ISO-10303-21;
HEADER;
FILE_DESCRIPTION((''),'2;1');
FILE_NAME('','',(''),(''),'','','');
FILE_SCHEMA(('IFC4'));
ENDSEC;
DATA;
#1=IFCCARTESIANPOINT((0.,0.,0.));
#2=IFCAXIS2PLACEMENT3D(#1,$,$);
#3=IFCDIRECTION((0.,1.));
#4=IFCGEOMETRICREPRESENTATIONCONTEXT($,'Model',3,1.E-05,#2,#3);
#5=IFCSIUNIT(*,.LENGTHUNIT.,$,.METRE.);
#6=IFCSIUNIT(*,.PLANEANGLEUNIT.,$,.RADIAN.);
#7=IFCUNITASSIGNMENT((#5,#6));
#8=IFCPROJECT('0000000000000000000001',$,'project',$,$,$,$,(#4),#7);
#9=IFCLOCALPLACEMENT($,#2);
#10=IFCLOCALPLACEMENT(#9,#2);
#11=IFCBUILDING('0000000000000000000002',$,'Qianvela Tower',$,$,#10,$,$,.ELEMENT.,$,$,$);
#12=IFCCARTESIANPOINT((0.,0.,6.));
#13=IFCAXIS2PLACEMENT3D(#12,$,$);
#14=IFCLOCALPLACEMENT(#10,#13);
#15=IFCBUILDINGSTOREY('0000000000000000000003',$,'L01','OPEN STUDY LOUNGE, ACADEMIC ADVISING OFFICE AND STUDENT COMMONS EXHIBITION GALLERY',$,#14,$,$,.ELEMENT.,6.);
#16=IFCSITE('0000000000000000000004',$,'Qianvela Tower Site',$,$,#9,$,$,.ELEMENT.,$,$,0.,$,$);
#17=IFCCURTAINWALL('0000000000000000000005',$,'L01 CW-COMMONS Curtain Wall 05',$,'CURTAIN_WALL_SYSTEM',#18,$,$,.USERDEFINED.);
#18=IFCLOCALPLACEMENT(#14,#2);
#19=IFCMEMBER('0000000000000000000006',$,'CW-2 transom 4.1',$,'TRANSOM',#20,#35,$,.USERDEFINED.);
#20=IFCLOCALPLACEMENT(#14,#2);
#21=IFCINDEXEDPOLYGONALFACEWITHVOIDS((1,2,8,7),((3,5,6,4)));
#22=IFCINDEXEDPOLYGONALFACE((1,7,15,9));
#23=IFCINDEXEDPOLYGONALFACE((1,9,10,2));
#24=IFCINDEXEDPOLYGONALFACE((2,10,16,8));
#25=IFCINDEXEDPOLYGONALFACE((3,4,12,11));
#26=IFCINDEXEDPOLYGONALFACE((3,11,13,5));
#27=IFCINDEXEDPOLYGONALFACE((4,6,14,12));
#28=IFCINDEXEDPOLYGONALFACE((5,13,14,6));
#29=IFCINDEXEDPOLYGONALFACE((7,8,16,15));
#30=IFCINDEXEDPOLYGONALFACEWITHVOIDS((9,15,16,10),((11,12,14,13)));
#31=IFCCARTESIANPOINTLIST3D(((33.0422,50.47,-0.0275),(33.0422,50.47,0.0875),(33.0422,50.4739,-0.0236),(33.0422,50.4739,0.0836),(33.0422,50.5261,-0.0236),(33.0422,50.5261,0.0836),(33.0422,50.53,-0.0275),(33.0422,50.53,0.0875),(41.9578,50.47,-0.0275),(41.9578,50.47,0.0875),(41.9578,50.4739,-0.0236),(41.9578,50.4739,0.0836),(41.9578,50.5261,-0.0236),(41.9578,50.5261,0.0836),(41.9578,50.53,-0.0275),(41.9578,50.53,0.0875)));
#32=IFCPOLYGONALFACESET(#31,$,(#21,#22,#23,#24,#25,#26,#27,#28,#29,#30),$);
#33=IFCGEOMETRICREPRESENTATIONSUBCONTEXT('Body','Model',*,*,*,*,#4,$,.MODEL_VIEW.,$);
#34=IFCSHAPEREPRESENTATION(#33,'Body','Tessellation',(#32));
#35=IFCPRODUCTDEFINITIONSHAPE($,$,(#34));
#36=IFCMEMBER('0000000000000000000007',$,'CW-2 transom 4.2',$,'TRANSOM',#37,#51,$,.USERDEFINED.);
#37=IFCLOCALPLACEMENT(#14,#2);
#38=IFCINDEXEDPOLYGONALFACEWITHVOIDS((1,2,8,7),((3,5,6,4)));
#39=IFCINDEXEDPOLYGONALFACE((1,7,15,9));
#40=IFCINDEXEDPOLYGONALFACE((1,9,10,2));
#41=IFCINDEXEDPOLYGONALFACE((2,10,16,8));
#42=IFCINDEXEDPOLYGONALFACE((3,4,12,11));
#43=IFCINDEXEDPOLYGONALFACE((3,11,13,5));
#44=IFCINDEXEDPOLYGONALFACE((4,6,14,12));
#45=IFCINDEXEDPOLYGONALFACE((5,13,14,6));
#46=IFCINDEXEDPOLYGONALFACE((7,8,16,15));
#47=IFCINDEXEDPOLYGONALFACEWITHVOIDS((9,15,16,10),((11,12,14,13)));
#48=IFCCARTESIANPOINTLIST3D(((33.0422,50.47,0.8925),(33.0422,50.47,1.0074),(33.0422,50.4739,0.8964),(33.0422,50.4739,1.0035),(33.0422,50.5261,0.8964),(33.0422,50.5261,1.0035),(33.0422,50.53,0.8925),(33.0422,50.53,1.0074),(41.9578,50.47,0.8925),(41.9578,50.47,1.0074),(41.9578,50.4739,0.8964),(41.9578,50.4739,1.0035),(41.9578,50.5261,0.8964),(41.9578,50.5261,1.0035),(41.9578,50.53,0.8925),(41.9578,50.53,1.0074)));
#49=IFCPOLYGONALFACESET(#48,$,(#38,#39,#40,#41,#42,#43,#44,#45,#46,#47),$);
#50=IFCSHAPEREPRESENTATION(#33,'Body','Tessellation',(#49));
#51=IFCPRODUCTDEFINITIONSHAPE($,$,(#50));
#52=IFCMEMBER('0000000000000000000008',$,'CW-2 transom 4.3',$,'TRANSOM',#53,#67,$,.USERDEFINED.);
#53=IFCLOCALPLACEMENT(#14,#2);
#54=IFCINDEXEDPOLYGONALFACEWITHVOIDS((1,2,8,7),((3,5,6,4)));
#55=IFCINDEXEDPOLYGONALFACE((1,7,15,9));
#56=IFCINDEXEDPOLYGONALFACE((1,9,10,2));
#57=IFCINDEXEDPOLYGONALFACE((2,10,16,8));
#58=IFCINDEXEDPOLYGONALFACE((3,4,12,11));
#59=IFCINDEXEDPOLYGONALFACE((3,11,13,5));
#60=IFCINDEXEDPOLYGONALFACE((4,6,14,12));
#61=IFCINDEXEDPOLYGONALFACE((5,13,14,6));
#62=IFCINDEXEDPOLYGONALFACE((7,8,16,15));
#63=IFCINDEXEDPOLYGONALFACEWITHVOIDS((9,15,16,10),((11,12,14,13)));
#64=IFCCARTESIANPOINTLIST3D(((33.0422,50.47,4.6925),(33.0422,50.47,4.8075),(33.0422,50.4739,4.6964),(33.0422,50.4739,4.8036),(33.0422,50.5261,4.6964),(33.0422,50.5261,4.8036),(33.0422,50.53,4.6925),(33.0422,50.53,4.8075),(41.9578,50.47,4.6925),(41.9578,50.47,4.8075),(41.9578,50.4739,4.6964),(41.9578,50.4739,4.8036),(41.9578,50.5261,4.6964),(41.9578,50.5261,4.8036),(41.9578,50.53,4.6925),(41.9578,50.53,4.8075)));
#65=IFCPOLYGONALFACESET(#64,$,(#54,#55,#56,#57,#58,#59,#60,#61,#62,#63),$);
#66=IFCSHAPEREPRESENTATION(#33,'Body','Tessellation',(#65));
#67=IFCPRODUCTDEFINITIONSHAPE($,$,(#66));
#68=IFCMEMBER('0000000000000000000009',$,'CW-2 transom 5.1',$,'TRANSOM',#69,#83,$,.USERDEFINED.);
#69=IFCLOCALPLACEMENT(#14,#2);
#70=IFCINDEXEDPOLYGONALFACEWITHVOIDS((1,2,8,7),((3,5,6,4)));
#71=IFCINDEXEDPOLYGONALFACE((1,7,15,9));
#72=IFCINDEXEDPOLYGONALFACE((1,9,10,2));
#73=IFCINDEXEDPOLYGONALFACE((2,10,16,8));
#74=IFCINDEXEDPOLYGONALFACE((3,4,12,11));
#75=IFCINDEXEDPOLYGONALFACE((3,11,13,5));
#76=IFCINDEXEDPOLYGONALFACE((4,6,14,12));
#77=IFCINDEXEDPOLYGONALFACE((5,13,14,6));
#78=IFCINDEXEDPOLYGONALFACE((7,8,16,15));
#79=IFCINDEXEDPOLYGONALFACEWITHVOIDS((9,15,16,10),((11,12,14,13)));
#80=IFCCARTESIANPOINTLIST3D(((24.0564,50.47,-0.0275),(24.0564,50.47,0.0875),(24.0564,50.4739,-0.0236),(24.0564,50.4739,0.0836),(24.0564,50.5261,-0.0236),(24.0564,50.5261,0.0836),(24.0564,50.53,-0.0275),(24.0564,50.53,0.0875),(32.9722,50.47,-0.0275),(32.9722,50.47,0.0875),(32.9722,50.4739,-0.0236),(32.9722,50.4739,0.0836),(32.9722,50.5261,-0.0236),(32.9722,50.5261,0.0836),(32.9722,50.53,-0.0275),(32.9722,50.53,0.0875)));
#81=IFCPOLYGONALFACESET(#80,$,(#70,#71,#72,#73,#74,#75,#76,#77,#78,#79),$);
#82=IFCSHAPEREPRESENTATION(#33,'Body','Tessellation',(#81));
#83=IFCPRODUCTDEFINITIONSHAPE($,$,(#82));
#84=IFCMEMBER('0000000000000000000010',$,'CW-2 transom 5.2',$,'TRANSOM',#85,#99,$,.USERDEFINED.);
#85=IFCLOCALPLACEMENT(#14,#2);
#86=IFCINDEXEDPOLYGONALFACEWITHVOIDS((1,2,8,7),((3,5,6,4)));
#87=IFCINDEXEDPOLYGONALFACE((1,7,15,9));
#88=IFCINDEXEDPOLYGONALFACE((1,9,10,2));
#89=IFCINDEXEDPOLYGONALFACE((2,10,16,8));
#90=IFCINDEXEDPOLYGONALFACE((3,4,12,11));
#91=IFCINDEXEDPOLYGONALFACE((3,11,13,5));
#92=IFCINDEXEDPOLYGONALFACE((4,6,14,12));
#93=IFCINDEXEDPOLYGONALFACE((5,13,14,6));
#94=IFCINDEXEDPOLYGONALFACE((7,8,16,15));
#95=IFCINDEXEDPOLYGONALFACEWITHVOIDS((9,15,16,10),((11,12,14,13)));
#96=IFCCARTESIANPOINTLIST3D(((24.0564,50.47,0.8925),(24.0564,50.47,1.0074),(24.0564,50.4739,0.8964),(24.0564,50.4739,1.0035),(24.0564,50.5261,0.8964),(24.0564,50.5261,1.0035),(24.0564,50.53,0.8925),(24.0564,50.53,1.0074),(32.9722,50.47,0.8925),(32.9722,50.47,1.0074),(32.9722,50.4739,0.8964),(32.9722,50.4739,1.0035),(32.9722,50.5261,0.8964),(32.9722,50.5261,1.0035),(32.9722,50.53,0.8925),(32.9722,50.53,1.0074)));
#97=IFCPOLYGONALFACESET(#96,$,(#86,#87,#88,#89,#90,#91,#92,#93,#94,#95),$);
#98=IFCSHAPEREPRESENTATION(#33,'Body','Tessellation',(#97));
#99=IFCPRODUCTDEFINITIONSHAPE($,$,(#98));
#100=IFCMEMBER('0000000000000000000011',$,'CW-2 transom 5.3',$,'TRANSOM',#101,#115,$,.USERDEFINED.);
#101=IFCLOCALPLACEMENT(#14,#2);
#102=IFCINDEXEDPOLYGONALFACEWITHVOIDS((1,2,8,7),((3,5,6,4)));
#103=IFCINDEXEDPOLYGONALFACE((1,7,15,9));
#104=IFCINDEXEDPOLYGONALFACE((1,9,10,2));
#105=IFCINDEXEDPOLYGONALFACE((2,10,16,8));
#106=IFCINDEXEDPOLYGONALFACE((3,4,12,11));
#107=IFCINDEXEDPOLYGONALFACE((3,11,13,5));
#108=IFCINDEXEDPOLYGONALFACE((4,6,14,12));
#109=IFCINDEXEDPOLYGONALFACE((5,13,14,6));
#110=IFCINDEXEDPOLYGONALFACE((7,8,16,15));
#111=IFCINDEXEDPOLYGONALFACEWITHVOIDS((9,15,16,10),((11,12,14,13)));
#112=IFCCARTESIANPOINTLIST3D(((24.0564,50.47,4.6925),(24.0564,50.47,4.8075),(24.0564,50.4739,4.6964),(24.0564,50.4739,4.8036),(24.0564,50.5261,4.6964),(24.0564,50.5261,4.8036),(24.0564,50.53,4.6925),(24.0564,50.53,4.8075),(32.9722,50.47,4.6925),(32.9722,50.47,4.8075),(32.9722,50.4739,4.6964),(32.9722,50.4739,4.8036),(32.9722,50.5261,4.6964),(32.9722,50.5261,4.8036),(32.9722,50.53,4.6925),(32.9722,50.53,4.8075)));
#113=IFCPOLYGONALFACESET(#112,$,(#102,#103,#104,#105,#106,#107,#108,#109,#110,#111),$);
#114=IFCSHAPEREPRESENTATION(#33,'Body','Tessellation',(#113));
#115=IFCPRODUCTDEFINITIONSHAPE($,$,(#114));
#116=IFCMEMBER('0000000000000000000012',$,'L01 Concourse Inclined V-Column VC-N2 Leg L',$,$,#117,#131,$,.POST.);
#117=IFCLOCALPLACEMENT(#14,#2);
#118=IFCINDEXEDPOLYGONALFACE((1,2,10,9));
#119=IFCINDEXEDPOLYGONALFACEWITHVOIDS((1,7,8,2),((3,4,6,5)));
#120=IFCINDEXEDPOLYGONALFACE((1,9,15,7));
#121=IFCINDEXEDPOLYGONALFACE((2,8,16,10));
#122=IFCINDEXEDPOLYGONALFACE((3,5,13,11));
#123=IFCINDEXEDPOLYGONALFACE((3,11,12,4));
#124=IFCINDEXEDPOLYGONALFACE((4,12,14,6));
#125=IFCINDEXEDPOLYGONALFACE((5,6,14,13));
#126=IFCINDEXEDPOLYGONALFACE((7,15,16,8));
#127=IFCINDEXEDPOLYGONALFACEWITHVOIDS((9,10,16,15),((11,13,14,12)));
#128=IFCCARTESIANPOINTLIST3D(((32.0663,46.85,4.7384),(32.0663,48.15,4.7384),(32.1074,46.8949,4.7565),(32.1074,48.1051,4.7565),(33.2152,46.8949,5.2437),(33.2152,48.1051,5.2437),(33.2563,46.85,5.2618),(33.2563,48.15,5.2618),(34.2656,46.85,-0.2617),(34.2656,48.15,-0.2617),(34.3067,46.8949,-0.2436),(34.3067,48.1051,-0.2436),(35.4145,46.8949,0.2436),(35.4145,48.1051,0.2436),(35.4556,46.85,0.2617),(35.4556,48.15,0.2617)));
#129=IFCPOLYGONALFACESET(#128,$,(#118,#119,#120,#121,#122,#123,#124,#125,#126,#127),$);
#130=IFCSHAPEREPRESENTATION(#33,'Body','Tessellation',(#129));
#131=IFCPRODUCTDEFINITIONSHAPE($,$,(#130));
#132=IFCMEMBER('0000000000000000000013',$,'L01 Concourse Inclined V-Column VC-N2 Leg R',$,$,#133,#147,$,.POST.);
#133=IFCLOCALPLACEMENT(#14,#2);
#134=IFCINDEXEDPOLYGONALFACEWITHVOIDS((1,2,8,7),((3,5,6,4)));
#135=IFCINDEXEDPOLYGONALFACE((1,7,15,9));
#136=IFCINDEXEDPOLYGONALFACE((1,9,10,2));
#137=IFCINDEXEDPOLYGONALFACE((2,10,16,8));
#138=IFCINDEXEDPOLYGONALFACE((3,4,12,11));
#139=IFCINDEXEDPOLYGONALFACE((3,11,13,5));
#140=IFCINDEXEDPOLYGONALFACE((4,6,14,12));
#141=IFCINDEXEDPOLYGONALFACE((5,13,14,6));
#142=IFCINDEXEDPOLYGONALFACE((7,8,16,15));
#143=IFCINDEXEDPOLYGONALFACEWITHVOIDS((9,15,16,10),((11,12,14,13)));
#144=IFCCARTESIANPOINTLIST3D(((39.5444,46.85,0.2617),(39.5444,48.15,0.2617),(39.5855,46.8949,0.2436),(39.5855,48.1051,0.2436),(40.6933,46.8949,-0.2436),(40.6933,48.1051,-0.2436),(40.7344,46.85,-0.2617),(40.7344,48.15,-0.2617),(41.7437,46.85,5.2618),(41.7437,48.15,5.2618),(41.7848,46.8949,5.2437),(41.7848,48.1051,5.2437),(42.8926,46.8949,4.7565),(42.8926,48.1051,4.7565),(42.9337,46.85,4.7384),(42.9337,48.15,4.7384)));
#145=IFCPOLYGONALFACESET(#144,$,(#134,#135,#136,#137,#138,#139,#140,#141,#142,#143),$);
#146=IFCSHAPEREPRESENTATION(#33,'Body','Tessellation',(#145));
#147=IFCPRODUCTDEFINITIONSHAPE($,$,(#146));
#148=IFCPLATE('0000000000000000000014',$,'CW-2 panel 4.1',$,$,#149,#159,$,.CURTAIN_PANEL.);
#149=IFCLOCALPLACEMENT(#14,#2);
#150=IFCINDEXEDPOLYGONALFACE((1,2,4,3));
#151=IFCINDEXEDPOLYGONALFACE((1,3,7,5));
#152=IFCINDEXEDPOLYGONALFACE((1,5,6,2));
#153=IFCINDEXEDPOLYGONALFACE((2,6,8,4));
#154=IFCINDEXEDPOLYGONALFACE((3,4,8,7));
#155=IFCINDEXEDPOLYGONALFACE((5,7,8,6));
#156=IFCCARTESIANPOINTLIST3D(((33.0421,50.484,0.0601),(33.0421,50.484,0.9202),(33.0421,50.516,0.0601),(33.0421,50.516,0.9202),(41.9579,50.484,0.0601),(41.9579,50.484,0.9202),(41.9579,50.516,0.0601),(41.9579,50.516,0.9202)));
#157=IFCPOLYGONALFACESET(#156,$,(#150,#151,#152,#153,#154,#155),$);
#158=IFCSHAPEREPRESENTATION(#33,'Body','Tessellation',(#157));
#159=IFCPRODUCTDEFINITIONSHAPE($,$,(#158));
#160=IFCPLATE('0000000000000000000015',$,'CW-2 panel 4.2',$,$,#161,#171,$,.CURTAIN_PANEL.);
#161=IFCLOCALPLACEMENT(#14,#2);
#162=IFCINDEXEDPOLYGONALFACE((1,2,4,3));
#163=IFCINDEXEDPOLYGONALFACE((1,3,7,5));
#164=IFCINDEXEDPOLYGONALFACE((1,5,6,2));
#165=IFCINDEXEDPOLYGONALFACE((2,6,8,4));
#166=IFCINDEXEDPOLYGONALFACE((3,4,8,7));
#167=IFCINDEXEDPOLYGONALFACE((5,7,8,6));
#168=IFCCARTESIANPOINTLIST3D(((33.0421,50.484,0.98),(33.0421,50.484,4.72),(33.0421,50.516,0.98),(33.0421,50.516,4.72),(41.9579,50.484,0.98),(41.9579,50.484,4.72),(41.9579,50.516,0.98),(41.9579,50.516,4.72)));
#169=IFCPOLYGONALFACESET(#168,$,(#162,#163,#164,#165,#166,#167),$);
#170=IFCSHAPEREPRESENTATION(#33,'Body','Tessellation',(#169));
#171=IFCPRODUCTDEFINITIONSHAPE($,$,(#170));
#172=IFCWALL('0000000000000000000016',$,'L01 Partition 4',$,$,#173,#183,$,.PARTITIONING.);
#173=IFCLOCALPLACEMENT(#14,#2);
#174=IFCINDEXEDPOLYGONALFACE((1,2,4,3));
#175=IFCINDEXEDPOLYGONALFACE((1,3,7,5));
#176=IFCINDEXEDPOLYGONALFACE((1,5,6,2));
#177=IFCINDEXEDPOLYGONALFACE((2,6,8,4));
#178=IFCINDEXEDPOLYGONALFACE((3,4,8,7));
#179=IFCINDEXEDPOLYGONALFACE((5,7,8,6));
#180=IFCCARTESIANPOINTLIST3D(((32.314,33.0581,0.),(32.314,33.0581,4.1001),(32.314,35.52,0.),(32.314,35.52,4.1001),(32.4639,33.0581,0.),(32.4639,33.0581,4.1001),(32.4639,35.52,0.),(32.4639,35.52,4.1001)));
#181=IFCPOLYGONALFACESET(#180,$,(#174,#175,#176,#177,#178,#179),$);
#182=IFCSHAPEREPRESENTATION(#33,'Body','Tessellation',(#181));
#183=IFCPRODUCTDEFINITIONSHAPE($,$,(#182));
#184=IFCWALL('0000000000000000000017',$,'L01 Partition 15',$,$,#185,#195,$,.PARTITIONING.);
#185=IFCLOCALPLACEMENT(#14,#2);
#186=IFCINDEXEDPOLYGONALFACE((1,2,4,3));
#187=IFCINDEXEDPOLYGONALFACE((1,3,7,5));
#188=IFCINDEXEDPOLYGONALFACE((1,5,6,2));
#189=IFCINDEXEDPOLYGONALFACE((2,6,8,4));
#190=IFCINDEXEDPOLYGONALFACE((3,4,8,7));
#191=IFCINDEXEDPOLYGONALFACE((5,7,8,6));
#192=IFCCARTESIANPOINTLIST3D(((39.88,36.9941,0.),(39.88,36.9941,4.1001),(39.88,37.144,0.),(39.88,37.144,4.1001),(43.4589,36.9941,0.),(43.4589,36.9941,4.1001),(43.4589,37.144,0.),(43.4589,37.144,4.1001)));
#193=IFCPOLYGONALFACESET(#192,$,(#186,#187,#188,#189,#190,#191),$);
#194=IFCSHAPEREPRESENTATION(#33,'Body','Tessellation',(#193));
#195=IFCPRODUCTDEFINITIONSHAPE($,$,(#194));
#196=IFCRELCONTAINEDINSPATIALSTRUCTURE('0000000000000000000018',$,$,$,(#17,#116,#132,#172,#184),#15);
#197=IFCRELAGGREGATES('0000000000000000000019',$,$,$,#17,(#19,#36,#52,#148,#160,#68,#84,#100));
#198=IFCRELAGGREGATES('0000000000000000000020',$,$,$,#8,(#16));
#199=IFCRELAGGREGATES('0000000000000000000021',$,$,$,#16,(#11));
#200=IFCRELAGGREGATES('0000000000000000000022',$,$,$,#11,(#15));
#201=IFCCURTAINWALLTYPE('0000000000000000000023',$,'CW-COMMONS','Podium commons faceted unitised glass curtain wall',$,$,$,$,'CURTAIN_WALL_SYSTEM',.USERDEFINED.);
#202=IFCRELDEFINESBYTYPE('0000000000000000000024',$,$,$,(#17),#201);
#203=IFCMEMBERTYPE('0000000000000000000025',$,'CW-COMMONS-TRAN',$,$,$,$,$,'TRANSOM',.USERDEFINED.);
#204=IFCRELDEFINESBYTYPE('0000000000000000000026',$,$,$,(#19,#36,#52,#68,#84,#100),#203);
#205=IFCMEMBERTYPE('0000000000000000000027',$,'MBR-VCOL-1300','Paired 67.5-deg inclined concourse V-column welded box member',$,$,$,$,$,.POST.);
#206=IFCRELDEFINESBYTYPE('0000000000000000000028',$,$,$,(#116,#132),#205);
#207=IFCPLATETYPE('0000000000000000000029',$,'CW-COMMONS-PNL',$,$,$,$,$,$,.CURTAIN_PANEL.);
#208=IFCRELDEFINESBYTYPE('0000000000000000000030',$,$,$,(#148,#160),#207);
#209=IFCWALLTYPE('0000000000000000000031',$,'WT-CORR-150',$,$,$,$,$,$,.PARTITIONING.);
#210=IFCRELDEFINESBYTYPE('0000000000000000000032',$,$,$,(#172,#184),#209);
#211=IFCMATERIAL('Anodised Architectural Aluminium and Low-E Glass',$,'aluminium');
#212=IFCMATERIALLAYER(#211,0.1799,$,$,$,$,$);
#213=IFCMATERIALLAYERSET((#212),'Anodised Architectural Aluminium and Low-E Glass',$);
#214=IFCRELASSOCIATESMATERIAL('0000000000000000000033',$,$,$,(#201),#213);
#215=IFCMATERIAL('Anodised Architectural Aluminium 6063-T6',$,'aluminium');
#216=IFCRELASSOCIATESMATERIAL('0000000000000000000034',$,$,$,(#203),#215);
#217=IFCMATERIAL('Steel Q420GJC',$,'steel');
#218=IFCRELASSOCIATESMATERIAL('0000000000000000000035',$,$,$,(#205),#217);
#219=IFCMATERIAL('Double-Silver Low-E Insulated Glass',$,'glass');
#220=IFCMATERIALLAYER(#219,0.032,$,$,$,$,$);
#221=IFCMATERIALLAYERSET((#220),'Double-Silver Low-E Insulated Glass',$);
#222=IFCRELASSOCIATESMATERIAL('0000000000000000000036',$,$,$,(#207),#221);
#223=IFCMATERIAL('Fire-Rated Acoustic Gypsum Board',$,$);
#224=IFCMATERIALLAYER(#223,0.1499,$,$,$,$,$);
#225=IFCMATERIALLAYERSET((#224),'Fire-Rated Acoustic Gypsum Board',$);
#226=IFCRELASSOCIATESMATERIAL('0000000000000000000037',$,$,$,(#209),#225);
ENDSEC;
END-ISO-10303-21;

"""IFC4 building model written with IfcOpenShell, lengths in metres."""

from ifc_helpers import new_model, si_unit, direction, frame, frame_2d, origin, origin_2d, place, context, subcontext, project, spatial, rectangle, hollow_rectangle, extrude, material, layer, layer_set, material_profile, profile_set, type_object, element, aggregate, save


model = new_model("IFC4")

# Units and contexts
model_context = context("Model", 3, precision=1e-05, world=origin(), true_north=direction((0.0, 1.0)))
body_context = subcontext(model_context, "Body", "Model", "MODEL_VIEW")
ifc_project = project(units=[si_unit("LENGTHUNIT", "METRE"), si_unit("PLANEANGLEUNIT", "RADIAN")], contexts=[model_context])

# Site, building, storey
site_placement = place(None, origin())
site = spatial("IfcSite", under=ifc_project, at=site_placement, Name="Qianvela Tower Site", CompositionType="ELEMENT", RefElevation=0.0)
building_placement = place(site_placement, origin())
building = spatial("IfcBuilding", under=site, at=building_placement, Name="Qianvela Tower", CompositionType="ELEMENT")
storey_placement = place(building_placement, frame((0.0, 0.0, 6.0)))
storey = spatial("IfcBuildingStorey", under=building, at=storey_placement, Name="L01", Description="OPEN STUDY LOUNGE, ACADEMIC ADVISING OFFICE AND STUDENT COMMONS EXHIBITION GALLERY", CompositionType="ELEMENT", Elevation=6.0)

# Curtain wall, members
ifc_material_1 = material(Name="Anodised Architectural Aluminium and Low-E Glass", Category="aluminium")
ifc_layer_1 = layer(ifc_material_1, 0.1799)
ifc_layer_set_1 = layer_set([ifc_layer_1], Name="Anodised Architectural Aluminium and Low-E Glass")
curtain_wall_type = type_object("IfcCurtainWallType", Name="CW-COMMONS", Description="Podium commons faceted unitised glass curtain wall", ElementType="CURTAIN_WALL_SYSTEM", PredefinedType="USERDEFINED", material=ifc_layer_set_1)
curtain_wall_placement = place(storey_placement, origin())
curtain_wall = element("IfcCurtainWall", 1, at=curtain_wall_placement, inside=storey, type_object=curtain_wall_type, Name="L01 CW-COMMONS Curtain Wall 05", ObjectType="CURTAIN_WALL_SYSTEM", PredefinedType="USERDEFINED")
ifc_material_2 = material(Name="Anodised Architectural Aluminium 6063-T6", Category="aluminium")
ifc_material_profile_1 = material_profile(ifc_material_2, hollow_rectangle(XDim=0.0601, YDim=0.115, WallThickness=0.0039, at=origin_2d()), Name="ALU-TRAN-60x115")
ifc_profile_set_1 = profile_set([ifc_material_profile_1], Name="Anodised Architectural Aluminium 6063-T6")
member_type_1 = type_object("IfcMemberType", Name="CW-COMMONS-TRAN", ElementType="TRANSOM", PredefinedType="USERDEFINED", material=ifc_profile_set_1)
member_1_placement = place(storey_placement, frame((41.9578, 50.5, 0.03), z_axis=(-1.0, 0.0, 0.0), x_axis=(0.0, -1.0, 0.0)))
member_1 = element("IfcMember", 2, at=member_1_placement, type_object=member_type_1, Name="CW-2 transom 4.1", ObjectType="TRANSOM", PredefinedType="USERDEFINED", context=body_context, shape_type="SweptSolid", body=[
    extrude(hollow_rectangle(XDim=0.0601, YDim=0.115, WallThickness=0.0039, at=origin_2d()), origin(), (0.0, 0.0, 1.0), 8.9155),
])
member_2_placement = place(storey_placement, frame((41.9578, 50.5, 0.95), z_axis=(-1.0, 0.0, 0.0), x_axis=(0.0, -1.0, 0.0)))
member_2 = element("IfcMember", 3, at=member_2_placement, type_object=member_type_1, Name="CW-2 transom 4.2", ObjectType="TRANSOM", PredefinedType="USERDEFINED", context=body_context, shape_type="SweptSolid", body=[
    extrude(hollow_rectangle(XDim=0.0601, YDim=0.115, WallThickness=0.0039, at=origin_2d()), origin(), (0.0, 0.0, 1.0), 8.9155),
])
member_3_placement = place(storey_placement, frame((41.9578, 50.5, 4.75), z_axis=(-1.0, 0.0, 0.0), x_axis=(0.0, -1.0, 0.0)))
member_3 = element("IfcMember", 4, at=member_3_placement, type_object=member_type_1, Name="CW-2 transom 4.3", ObjectType="TRANSOM", PredefinedType="USERDEFINED", context=body_context, shape_type="SweptSolid", body=[
    extrude(hollow_rectangle(XDim=0.0601, YDim=0.115, WallThickness=0.0039, at=origin_2d()), origin(), (0.0, 0.0, 1.0), 8.9155),
])
member_4_placement = place(storey_placement, frame((32.9722, 50.5, 0.03), z_axis=(-1.0, 0.0, 0.0), x_axis=(0.0, -1.0, 0.0)))
member_4 = element("IfcMember", 5, at=member_4_placement, type_object=member_type_1, Name="CW-2 transom 5.1", ObjectType="TRANSOM", PredefinedType="USERDEFINED", context=body_context, shape_type="SweptSolid", body=[
    extrude(hollow_rectangle(XDim=0.0601, YDim=0.115, WallThickness=0.0039, at=origin_2d()), origin(), (0.0, 0.0, 1.0), 8.9158),
])
member_5_placement = place(storey_placement, frame((32.9722, 50.5, 0.95), z_axis=(-1.0, 0.0, 0.0), x_axis=(0.0, -1.0, 0.0)))
member_5 = element("IfcMember", 6, at=member_5_placement, type_object=member_type_1, Name="CW-2 transom 5.2", ObjectType="TRANSOM", PredefinedType="USERDEFINED", context=body_context, shape_type="SweptSolid", body=[
    extrude(hollow_rectangle(XDim=0.0601, YDim=0.115, WallThickness=0.0039, at=origin_2d()), origin(), (0.0, 0.0, 1.0), 8.9158),
])
member_6_placement = place(storey_placement, frame((32.9722, 50.5, 4.75), z_axis=(-1.0, 0.0, 0.0), x_axis=(0.0, -1.0, 0.0)))
member_6 = element("IfcMember", 7, at=member_6_placement, type_object=member_type_1, Name="CW-2 transom 5.3", ObjectType="TRANSOM", PredefinedType="USERDEFINED", context=body_context, shape_type="SweptSolid", body=[
    extrude(hollow_rectangle(XDim=0.0601, YDim=0.115, WallThickness=0.0039, at=origin_2d()), origin(), (0.0, 0.0, 1.0), 8.9158),
])

# Members
ifc_material_3 = material(Name="Steel Q420GJC", Category="steel")
ifc_material_profile_2 = material_profile(ifc_material_3, hollow_rectangle(XDim=1.3, YDim=1.3, WallThickness=0.0449, at=origin_2d()), Name="VBOX-1300x1300x45")
ifc_profile_set_2 = profile_set([ifc_material_profile_2], Name="Steel Q420GJC")
member_type_2 = type_object("IfcMemberType", Name="MBR-VCOL-1300", Description="Paired 67.5-deg inclined concourse V-column welded box member", PredefinedType="POST", material=ifc_profile_set_2)
for number, where, z_axis, x_axis, name in (
    (8, (34.8606, 47.5, 0.0), (-0.402619, 0.0, 0.915368), (0.0, -1.0, 0.0), "L01 Concourse Inclined V-Column VC-N2 Leg L"),
    (9, (40.1394, 47.5, 0.0), (0.402619, 0.0, 0.915368), (0.0, 1.0, 0.0), "L01 Concourse Inclined V-Column VC-N2 Leg R"),
):
    element("IfcMember", number, at=place(storey_placement, frame(where, z_axis=z_axis, x_axis=x_axis)), inside=storey, type_object=member_type_2, Name=name, PredefinedType="POST", context=body_context, shape_type="SweptSolid", body=[
        extrude(hollow_rectangle(XDim=1.3, YDim=1.3, WallThickness=0.0449, at=origin_2d()), origin(), (0.0, 0.0, 1.0), 5.4624),
    ])

# Plates
ifc_material_4 = material(Name="Double-Silver Low-E Insulated Glass", Category="glass")
ifc_layer_2 = layer(ifc_material_4, 0.032)
ifc_layer_set_2 = layer_set([ifc_layer_2], Name="Double-Silver Low-E Insulated Glass")
plate_type = type_object("IfcPlateType", Name="CW-COMMONS-PNL", PredefinedType="CURTAIN_PANEL", material=ifc_layer_set_2)
plate_1_placement = place(storey_placement, frame((37.5, 50.5, 0.0601), z_axis=(0.0, 0.0, 1.0), x_axis=(-1.0, 0.0, 0.0)))
plate_1 = element("IfcPlate", 10, at=plate_1_placement, type_object=plate_type, Name="CW-2 panel 4.1", PredefinedType="CURTAIN_PANEL", context=body_context, shape_type="SweptSolid", body=[
    extrude(rectangle(XDim=8.9158, YDim=0.032, at=origin_2d()), origin(), (0.0, 0.0, 1.0), 0.8601),
])
plate_2_placement = place(storey_placement, frame((37.5, 50.5, 0.98), z_axis=(0.0, 0.0, 1.0), x_axis=(-1.0, 0.0, 0.0)))
plate_2 = element("IfcPlate", 11, at=plate_2_placement, type_object=plate_type, Name="CW-2 panel 4.2", PredefinedType="CURTAIN_PANEL", context=body_context, shape_type="SweptSolid", body=[
    extrude(rectangle(XDim=8.9158, YDim=0.032, at=origin_2d()), origin(), (0.0, 0.0, 1.0), 3.74),
])
aggregate(curtain_wall, [member_1, member_2, member_3, plate_1, plate_2, member_4, member_5, member_6])

# Walls
ifc_material_5 = material(Name="Fire-Rated Acoustic Gypsum Board")
ifc_layer_3 = layer(ifc_material_5, 0.1499)
ifc_layer_set_3 = layer_set([ifc_layer_3], Name="Fire-Rated Acoustic Gypsum Board")
wall_type_1 = type_object("IfcWallType", Name="WT-CORR-150", PredefinedType="PARTITIONING", material=ifc_layer_set_3)
wall_1_placement = place(storey_placement, frame((32.3889, 35.52, 0.0), z_axis=(0.0, 0.0, 1.0), x_axis=(0.0, -1.0, 0.0)))
element("IfcWall", 12, at=wall_1_placement, inside=storey, type_object=wall_type_1, Name="L01 Partition 4", PredefinedType="PARTITIONING", context=body_context, shape_type="SweptSolid", body=[
    extrude(rectangle(XDim=2.4619, YDim=0.1499, at=frame_2d((1.231, 0.0))), origin(), (0.0, 0.0, 1.0), 4.1001),
])
wall_2_placement = place(storey_placement, frame((39.8799, 37.0691, 0.0), z_axis=(0.0, 0.0, 1.0), x_axis=(1.0, 0.0, 0.0)))
element("IfcWall", 13, at=wall_2_placement, inside=storey, type_object=wall_type_1, Name="L01 Partition 15", PredefinedType="PARTITIONING", context=body_context, shape_type="SweptSolid", body=[
    extrude(rectangle(XDim=3.5789, YDim=0.1499, at=frame_2d((1.7896, 0.0))), origin(), (0.0, 0.0, 1.0), 4.1001),
])

save(model, "model.ifc")
